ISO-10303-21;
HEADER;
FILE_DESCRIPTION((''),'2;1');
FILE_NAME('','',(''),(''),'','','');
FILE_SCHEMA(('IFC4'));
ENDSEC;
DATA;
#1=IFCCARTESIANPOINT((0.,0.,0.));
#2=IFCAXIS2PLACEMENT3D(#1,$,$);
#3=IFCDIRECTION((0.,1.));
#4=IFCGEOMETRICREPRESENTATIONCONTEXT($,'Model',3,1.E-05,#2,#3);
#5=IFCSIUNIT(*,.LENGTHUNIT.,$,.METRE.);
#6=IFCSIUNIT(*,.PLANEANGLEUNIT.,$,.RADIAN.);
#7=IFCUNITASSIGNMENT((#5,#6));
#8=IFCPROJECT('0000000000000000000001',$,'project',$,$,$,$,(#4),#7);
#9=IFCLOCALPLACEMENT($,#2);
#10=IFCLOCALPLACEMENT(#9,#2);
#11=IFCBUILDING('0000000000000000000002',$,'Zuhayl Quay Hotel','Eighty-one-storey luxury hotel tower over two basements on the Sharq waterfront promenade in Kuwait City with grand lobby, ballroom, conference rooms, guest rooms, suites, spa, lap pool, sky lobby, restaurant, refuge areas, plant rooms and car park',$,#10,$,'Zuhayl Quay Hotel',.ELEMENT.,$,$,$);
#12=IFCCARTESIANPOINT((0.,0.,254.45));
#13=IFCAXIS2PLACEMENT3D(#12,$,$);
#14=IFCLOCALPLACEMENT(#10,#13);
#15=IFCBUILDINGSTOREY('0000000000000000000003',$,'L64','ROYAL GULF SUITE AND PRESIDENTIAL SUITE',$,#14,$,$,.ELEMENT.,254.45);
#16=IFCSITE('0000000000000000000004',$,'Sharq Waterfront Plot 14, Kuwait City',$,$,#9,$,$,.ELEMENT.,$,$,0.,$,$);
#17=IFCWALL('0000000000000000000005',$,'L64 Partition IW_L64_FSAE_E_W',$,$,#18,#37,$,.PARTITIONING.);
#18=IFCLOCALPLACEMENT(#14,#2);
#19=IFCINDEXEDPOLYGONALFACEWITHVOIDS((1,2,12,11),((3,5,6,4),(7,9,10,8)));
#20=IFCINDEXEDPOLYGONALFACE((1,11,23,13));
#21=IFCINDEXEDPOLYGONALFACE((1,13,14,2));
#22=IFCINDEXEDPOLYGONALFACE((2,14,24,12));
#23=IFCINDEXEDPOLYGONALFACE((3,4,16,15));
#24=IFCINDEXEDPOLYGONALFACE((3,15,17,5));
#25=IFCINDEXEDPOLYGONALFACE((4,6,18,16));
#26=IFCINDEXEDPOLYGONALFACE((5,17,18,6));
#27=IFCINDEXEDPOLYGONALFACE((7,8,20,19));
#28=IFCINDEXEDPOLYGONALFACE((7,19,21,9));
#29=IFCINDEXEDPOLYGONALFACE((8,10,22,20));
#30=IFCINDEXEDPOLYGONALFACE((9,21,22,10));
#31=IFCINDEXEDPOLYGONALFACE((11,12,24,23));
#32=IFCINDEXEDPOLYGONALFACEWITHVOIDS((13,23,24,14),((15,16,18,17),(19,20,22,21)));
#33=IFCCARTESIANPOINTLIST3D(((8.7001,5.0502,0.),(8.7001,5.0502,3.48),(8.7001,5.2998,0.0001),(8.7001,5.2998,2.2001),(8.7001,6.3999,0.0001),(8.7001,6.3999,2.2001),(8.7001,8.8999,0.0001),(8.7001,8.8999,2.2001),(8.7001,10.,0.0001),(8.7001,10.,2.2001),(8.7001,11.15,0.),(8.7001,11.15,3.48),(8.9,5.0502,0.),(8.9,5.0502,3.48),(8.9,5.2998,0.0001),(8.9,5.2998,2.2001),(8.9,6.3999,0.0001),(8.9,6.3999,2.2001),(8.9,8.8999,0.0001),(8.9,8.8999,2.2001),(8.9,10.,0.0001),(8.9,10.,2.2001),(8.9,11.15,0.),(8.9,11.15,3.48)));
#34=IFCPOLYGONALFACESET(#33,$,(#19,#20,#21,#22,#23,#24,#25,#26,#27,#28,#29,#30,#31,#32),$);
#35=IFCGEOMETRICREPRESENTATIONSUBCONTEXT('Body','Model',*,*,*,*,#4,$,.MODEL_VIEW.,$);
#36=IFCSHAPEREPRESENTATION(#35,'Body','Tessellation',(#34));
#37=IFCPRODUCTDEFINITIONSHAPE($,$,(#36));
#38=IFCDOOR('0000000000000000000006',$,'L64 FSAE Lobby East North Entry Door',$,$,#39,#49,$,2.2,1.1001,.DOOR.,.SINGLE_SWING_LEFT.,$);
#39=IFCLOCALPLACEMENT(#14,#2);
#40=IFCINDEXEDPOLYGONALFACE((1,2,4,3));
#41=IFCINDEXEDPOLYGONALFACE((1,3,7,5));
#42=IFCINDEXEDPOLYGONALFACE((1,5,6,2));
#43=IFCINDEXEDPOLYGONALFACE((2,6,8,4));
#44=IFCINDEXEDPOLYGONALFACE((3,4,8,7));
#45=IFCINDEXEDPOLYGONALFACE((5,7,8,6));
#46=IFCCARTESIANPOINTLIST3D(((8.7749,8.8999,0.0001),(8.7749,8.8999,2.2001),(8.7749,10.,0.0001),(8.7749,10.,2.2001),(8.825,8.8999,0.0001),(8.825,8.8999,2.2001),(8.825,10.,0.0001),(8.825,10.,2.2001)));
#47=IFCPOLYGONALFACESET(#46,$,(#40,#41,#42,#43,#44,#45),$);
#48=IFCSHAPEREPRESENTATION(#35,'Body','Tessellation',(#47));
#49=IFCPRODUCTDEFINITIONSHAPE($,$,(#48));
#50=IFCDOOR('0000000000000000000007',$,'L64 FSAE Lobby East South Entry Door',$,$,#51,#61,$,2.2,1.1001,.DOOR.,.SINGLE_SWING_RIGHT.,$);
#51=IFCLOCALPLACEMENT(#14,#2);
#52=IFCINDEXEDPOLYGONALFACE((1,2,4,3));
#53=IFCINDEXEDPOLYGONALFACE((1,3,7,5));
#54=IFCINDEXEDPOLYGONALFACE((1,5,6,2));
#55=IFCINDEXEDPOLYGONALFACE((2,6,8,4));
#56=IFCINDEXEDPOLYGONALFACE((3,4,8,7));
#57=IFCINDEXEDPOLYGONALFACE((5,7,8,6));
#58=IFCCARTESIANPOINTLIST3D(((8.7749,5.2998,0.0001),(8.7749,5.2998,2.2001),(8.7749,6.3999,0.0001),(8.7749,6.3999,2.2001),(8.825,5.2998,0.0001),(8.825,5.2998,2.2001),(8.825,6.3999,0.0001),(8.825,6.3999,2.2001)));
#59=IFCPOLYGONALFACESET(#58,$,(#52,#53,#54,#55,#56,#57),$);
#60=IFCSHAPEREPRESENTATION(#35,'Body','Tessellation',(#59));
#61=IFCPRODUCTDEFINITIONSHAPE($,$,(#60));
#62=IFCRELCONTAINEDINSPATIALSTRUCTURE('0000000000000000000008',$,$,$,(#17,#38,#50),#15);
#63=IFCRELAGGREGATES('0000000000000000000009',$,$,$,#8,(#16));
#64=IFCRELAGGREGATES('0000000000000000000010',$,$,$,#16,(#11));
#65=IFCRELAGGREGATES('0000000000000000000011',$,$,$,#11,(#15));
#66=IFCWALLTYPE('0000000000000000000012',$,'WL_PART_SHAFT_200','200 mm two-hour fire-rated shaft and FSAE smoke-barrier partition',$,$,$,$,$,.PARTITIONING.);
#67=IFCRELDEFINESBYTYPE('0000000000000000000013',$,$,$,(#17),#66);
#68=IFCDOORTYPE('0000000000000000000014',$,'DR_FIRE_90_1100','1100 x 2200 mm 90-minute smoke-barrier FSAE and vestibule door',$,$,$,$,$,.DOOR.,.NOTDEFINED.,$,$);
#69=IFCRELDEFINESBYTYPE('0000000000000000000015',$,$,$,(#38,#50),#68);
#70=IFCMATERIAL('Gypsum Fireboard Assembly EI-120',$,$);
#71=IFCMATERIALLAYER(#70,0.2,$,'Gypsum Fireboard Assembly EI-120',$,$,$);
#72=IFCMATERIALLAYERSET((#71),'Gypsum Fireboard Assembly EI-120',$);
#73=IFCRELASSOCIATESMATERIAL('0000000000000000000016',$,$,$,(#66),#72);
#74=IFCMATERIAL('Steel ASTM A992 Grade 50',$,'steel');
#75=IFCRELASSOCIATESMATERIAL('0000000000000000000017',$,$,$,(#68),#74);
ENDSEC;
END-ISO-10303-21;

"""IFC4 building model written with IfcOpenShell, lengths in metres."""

from ifc_helpers import new_model, si_unit, direction, frame, frame_2d, origin, place, context, subcontext, project, spatial, rectangle, extrude, material, layer, layer_set, type_object, element, fill, save


model = new_model("IFC4")

# Units and contexts
model_context = context("Model", 3, precision=1e-05, world=origin(), true_north=direction((0.0, 1.0)))
body_context = subcontext(model_context, "Body", "Model", "MODEL_VIEW")
ifc_project = project(units=[si_unit("LENGTHUNIT", "METRE"), si_unit("PLANEANGLEUNIT", "RADIAN")], contexts=[model_context])

# Site, building, storey
site_placement = place(None, origin())
site = spatial("IfcSite", under=ifc_project, at=site_placement, Name="Sharq Waterfront Plot 14, Kuwait City", CompositionType="ELEMENT", RefElevation=0.0)
building_placement = place(site_placement, origin())
building = spatial("IfcBuilding", under=site, at=building_placement, Name="Zuhayl Quay Hotel", Description="Eighty-one-storey luxury hotel tower over two basements on the Sharq waterfront promenade in Kuwait City with grand lobby, ballroom, conference rooms, guest rooms, suites, spa, lap pool, sky lobby, restaurant, refuge areas, plant rooms and car park", LongName="Zuhayl Quay Hotel", CompositionType="ELEMENT")
storey_placement = place(building_placement, frame((0.0, 0.0, 254.45)))
storey = spatial("IfcBuildingStorey", under=building, at=storey_placement, Name="L64", Description="ROYAL GULF SUITE AND PRESIDENTIAL SUITE", CompositionType="ELEMENT", Elevation=254.45)

# Shared definitions
ifc_material_1 = material(Name="Steel ASTM A992 Grade 50", Category="steel")

# Wall, openings, doors
ifc_material_2 = material(Name="Gypsum Fireboard Assembly EI-120")
ifc_layer_1 = layer(ifc_material_2, 0.2, Name="Gypsum Fireboard Assembly EI-120")
ifc_layer_set_1 = layer_set([ifc_layer_1], Name="Gypsum Fireboard Assembly EI-120")
wall_type_1 = type_object("IfcWallType", Name="WL_PART_SHAFT_200", Description="200 mm two-hour fire-rated shaft and FSAE smoke-barrier partition", PredefinedType="PARTITIONING", material=ifc_layer_set_1)
wall_1_placement = place(storey_placement, frame((8.8, 11.1499, 0.0), z_axis=(0.0, 0.0, 1.0), x_axis=(0.0, -1.0, 0.0)))
wall_1 = element("IfcWall", 1, at=wall_1_placement, inside=storey, type_object=wall_type_1, Name="L64 Partition IW_L64_FSAE_E_W", PredefinedType="PARTITIONING", context=body_context, shape_type="SweptSolid", body=[
    extrude(rectangle(XDim=6.0999, YDim=0.2, at=frame_2d((3.0498, 0.0))), origin(), (0.0, 0.0, 1.0), 3.48),
])
opening_1_placement = place(wall_1_placement, frame((1.1499, 0.0, 0.0)))
opening_1 = element("IfcOpeningElement", 2, at=opening_1_placement, cuts=wall_1, PredefinedType="OPENING", context=body_context, shape_type="SweptSolid", body=[
    extrude(rectangle(XDim=1.1001, YDim=2.2, at=frame_2d((0.55, 1.1001))), frame((0.0, 0.1099, 0.0), z_axis=(0.0, -1.0, 0.0), x_axis=(1.0, 0.0, 0.0)), (0.0, 0.0, 1.0), 0.22),
])
opening_2_placement = place(wall_1_placement, frame((4.75, 0.0, 0.0)))
opening_2 = element("IfcOpeningElement", 3, at=opening_2_placement, cuts=wall_1, PredefinedType="OPENING", context=body_context, shape_type="SweptSolid", body=[
    extrude(rectangle(XDim=1.1001, YDim=2.2, at=frame_2d((0.55, 1.1001))), frame((0.0, 0.1099, 0.0), z_axis=(0.0, -1.0, 0.0), x_axis=(1.0, 0.0, 0.0)), (0.0, 0.0, 1.0), 0.22),
])
door_type_1 = type_object("IfcDoorType", Name="DR_FIRE_90_1100", Description="1100 x 2200 mm 90-minute smoke-barrier FSAE and vestibule door", OperationType="NOTDEFINED", PredefinedType="DOOR", material=ifc_material_1)
door_1_placement = place(opening_1_placement, origin())
door_1 = element("IfcDoor", 4, at=door_1_placement, inside=storey, type_object=door_type_1, Name="L64 FSAE Lobby East North Entry Door", OperationType="SINGLE_SWING_LEFT", OverallHeight=2.2, OverallWidth=1.1001, PredefinedType="DOOR", context=body_context, shape_type="SweptSolid", body=[
    extrude(rectangle(XDim=1.1001, YDim=2.2, at=frame_2d((0.55, 1.1001))), frame((0.0, 0.0249, 0.0), z_axis=(0.0, -1.0, 0.0), x_axis=(1.0, 0.0, 0.0)), (0.0, 0.0, 1.0), 0.05),
])
fill(opening_1, door_1)
door_2_placement = place(opening_2_placement, origin())
door_2 = element("IfcDoor", 5, at=door_2_placement, inside=storey, type_object=door_type_1, Name="L64 FSAE Lobby East South Entry Door", OperationType="SINGLE_SWING_RIGHT", OverallHeight=2.2, OverallWidth=1.1001, PredefinedType="DOOR", context=body_context, shape_type="SweptSolid", body=[
    extrude(rectangle(XDim=1.1001, YDim=2.2, at=frame_2d((0.55, 1.1001))), frame((0.0, 0.0249, 0.0), z_axis=(0.0, -1.0, 0.0), x_axis=(1.0, 0.0, 0.0)), (0.0, 0.0, 1.0), 0.05),
])
fill(opening_2, door_2)

save(model, "model.ifc")
